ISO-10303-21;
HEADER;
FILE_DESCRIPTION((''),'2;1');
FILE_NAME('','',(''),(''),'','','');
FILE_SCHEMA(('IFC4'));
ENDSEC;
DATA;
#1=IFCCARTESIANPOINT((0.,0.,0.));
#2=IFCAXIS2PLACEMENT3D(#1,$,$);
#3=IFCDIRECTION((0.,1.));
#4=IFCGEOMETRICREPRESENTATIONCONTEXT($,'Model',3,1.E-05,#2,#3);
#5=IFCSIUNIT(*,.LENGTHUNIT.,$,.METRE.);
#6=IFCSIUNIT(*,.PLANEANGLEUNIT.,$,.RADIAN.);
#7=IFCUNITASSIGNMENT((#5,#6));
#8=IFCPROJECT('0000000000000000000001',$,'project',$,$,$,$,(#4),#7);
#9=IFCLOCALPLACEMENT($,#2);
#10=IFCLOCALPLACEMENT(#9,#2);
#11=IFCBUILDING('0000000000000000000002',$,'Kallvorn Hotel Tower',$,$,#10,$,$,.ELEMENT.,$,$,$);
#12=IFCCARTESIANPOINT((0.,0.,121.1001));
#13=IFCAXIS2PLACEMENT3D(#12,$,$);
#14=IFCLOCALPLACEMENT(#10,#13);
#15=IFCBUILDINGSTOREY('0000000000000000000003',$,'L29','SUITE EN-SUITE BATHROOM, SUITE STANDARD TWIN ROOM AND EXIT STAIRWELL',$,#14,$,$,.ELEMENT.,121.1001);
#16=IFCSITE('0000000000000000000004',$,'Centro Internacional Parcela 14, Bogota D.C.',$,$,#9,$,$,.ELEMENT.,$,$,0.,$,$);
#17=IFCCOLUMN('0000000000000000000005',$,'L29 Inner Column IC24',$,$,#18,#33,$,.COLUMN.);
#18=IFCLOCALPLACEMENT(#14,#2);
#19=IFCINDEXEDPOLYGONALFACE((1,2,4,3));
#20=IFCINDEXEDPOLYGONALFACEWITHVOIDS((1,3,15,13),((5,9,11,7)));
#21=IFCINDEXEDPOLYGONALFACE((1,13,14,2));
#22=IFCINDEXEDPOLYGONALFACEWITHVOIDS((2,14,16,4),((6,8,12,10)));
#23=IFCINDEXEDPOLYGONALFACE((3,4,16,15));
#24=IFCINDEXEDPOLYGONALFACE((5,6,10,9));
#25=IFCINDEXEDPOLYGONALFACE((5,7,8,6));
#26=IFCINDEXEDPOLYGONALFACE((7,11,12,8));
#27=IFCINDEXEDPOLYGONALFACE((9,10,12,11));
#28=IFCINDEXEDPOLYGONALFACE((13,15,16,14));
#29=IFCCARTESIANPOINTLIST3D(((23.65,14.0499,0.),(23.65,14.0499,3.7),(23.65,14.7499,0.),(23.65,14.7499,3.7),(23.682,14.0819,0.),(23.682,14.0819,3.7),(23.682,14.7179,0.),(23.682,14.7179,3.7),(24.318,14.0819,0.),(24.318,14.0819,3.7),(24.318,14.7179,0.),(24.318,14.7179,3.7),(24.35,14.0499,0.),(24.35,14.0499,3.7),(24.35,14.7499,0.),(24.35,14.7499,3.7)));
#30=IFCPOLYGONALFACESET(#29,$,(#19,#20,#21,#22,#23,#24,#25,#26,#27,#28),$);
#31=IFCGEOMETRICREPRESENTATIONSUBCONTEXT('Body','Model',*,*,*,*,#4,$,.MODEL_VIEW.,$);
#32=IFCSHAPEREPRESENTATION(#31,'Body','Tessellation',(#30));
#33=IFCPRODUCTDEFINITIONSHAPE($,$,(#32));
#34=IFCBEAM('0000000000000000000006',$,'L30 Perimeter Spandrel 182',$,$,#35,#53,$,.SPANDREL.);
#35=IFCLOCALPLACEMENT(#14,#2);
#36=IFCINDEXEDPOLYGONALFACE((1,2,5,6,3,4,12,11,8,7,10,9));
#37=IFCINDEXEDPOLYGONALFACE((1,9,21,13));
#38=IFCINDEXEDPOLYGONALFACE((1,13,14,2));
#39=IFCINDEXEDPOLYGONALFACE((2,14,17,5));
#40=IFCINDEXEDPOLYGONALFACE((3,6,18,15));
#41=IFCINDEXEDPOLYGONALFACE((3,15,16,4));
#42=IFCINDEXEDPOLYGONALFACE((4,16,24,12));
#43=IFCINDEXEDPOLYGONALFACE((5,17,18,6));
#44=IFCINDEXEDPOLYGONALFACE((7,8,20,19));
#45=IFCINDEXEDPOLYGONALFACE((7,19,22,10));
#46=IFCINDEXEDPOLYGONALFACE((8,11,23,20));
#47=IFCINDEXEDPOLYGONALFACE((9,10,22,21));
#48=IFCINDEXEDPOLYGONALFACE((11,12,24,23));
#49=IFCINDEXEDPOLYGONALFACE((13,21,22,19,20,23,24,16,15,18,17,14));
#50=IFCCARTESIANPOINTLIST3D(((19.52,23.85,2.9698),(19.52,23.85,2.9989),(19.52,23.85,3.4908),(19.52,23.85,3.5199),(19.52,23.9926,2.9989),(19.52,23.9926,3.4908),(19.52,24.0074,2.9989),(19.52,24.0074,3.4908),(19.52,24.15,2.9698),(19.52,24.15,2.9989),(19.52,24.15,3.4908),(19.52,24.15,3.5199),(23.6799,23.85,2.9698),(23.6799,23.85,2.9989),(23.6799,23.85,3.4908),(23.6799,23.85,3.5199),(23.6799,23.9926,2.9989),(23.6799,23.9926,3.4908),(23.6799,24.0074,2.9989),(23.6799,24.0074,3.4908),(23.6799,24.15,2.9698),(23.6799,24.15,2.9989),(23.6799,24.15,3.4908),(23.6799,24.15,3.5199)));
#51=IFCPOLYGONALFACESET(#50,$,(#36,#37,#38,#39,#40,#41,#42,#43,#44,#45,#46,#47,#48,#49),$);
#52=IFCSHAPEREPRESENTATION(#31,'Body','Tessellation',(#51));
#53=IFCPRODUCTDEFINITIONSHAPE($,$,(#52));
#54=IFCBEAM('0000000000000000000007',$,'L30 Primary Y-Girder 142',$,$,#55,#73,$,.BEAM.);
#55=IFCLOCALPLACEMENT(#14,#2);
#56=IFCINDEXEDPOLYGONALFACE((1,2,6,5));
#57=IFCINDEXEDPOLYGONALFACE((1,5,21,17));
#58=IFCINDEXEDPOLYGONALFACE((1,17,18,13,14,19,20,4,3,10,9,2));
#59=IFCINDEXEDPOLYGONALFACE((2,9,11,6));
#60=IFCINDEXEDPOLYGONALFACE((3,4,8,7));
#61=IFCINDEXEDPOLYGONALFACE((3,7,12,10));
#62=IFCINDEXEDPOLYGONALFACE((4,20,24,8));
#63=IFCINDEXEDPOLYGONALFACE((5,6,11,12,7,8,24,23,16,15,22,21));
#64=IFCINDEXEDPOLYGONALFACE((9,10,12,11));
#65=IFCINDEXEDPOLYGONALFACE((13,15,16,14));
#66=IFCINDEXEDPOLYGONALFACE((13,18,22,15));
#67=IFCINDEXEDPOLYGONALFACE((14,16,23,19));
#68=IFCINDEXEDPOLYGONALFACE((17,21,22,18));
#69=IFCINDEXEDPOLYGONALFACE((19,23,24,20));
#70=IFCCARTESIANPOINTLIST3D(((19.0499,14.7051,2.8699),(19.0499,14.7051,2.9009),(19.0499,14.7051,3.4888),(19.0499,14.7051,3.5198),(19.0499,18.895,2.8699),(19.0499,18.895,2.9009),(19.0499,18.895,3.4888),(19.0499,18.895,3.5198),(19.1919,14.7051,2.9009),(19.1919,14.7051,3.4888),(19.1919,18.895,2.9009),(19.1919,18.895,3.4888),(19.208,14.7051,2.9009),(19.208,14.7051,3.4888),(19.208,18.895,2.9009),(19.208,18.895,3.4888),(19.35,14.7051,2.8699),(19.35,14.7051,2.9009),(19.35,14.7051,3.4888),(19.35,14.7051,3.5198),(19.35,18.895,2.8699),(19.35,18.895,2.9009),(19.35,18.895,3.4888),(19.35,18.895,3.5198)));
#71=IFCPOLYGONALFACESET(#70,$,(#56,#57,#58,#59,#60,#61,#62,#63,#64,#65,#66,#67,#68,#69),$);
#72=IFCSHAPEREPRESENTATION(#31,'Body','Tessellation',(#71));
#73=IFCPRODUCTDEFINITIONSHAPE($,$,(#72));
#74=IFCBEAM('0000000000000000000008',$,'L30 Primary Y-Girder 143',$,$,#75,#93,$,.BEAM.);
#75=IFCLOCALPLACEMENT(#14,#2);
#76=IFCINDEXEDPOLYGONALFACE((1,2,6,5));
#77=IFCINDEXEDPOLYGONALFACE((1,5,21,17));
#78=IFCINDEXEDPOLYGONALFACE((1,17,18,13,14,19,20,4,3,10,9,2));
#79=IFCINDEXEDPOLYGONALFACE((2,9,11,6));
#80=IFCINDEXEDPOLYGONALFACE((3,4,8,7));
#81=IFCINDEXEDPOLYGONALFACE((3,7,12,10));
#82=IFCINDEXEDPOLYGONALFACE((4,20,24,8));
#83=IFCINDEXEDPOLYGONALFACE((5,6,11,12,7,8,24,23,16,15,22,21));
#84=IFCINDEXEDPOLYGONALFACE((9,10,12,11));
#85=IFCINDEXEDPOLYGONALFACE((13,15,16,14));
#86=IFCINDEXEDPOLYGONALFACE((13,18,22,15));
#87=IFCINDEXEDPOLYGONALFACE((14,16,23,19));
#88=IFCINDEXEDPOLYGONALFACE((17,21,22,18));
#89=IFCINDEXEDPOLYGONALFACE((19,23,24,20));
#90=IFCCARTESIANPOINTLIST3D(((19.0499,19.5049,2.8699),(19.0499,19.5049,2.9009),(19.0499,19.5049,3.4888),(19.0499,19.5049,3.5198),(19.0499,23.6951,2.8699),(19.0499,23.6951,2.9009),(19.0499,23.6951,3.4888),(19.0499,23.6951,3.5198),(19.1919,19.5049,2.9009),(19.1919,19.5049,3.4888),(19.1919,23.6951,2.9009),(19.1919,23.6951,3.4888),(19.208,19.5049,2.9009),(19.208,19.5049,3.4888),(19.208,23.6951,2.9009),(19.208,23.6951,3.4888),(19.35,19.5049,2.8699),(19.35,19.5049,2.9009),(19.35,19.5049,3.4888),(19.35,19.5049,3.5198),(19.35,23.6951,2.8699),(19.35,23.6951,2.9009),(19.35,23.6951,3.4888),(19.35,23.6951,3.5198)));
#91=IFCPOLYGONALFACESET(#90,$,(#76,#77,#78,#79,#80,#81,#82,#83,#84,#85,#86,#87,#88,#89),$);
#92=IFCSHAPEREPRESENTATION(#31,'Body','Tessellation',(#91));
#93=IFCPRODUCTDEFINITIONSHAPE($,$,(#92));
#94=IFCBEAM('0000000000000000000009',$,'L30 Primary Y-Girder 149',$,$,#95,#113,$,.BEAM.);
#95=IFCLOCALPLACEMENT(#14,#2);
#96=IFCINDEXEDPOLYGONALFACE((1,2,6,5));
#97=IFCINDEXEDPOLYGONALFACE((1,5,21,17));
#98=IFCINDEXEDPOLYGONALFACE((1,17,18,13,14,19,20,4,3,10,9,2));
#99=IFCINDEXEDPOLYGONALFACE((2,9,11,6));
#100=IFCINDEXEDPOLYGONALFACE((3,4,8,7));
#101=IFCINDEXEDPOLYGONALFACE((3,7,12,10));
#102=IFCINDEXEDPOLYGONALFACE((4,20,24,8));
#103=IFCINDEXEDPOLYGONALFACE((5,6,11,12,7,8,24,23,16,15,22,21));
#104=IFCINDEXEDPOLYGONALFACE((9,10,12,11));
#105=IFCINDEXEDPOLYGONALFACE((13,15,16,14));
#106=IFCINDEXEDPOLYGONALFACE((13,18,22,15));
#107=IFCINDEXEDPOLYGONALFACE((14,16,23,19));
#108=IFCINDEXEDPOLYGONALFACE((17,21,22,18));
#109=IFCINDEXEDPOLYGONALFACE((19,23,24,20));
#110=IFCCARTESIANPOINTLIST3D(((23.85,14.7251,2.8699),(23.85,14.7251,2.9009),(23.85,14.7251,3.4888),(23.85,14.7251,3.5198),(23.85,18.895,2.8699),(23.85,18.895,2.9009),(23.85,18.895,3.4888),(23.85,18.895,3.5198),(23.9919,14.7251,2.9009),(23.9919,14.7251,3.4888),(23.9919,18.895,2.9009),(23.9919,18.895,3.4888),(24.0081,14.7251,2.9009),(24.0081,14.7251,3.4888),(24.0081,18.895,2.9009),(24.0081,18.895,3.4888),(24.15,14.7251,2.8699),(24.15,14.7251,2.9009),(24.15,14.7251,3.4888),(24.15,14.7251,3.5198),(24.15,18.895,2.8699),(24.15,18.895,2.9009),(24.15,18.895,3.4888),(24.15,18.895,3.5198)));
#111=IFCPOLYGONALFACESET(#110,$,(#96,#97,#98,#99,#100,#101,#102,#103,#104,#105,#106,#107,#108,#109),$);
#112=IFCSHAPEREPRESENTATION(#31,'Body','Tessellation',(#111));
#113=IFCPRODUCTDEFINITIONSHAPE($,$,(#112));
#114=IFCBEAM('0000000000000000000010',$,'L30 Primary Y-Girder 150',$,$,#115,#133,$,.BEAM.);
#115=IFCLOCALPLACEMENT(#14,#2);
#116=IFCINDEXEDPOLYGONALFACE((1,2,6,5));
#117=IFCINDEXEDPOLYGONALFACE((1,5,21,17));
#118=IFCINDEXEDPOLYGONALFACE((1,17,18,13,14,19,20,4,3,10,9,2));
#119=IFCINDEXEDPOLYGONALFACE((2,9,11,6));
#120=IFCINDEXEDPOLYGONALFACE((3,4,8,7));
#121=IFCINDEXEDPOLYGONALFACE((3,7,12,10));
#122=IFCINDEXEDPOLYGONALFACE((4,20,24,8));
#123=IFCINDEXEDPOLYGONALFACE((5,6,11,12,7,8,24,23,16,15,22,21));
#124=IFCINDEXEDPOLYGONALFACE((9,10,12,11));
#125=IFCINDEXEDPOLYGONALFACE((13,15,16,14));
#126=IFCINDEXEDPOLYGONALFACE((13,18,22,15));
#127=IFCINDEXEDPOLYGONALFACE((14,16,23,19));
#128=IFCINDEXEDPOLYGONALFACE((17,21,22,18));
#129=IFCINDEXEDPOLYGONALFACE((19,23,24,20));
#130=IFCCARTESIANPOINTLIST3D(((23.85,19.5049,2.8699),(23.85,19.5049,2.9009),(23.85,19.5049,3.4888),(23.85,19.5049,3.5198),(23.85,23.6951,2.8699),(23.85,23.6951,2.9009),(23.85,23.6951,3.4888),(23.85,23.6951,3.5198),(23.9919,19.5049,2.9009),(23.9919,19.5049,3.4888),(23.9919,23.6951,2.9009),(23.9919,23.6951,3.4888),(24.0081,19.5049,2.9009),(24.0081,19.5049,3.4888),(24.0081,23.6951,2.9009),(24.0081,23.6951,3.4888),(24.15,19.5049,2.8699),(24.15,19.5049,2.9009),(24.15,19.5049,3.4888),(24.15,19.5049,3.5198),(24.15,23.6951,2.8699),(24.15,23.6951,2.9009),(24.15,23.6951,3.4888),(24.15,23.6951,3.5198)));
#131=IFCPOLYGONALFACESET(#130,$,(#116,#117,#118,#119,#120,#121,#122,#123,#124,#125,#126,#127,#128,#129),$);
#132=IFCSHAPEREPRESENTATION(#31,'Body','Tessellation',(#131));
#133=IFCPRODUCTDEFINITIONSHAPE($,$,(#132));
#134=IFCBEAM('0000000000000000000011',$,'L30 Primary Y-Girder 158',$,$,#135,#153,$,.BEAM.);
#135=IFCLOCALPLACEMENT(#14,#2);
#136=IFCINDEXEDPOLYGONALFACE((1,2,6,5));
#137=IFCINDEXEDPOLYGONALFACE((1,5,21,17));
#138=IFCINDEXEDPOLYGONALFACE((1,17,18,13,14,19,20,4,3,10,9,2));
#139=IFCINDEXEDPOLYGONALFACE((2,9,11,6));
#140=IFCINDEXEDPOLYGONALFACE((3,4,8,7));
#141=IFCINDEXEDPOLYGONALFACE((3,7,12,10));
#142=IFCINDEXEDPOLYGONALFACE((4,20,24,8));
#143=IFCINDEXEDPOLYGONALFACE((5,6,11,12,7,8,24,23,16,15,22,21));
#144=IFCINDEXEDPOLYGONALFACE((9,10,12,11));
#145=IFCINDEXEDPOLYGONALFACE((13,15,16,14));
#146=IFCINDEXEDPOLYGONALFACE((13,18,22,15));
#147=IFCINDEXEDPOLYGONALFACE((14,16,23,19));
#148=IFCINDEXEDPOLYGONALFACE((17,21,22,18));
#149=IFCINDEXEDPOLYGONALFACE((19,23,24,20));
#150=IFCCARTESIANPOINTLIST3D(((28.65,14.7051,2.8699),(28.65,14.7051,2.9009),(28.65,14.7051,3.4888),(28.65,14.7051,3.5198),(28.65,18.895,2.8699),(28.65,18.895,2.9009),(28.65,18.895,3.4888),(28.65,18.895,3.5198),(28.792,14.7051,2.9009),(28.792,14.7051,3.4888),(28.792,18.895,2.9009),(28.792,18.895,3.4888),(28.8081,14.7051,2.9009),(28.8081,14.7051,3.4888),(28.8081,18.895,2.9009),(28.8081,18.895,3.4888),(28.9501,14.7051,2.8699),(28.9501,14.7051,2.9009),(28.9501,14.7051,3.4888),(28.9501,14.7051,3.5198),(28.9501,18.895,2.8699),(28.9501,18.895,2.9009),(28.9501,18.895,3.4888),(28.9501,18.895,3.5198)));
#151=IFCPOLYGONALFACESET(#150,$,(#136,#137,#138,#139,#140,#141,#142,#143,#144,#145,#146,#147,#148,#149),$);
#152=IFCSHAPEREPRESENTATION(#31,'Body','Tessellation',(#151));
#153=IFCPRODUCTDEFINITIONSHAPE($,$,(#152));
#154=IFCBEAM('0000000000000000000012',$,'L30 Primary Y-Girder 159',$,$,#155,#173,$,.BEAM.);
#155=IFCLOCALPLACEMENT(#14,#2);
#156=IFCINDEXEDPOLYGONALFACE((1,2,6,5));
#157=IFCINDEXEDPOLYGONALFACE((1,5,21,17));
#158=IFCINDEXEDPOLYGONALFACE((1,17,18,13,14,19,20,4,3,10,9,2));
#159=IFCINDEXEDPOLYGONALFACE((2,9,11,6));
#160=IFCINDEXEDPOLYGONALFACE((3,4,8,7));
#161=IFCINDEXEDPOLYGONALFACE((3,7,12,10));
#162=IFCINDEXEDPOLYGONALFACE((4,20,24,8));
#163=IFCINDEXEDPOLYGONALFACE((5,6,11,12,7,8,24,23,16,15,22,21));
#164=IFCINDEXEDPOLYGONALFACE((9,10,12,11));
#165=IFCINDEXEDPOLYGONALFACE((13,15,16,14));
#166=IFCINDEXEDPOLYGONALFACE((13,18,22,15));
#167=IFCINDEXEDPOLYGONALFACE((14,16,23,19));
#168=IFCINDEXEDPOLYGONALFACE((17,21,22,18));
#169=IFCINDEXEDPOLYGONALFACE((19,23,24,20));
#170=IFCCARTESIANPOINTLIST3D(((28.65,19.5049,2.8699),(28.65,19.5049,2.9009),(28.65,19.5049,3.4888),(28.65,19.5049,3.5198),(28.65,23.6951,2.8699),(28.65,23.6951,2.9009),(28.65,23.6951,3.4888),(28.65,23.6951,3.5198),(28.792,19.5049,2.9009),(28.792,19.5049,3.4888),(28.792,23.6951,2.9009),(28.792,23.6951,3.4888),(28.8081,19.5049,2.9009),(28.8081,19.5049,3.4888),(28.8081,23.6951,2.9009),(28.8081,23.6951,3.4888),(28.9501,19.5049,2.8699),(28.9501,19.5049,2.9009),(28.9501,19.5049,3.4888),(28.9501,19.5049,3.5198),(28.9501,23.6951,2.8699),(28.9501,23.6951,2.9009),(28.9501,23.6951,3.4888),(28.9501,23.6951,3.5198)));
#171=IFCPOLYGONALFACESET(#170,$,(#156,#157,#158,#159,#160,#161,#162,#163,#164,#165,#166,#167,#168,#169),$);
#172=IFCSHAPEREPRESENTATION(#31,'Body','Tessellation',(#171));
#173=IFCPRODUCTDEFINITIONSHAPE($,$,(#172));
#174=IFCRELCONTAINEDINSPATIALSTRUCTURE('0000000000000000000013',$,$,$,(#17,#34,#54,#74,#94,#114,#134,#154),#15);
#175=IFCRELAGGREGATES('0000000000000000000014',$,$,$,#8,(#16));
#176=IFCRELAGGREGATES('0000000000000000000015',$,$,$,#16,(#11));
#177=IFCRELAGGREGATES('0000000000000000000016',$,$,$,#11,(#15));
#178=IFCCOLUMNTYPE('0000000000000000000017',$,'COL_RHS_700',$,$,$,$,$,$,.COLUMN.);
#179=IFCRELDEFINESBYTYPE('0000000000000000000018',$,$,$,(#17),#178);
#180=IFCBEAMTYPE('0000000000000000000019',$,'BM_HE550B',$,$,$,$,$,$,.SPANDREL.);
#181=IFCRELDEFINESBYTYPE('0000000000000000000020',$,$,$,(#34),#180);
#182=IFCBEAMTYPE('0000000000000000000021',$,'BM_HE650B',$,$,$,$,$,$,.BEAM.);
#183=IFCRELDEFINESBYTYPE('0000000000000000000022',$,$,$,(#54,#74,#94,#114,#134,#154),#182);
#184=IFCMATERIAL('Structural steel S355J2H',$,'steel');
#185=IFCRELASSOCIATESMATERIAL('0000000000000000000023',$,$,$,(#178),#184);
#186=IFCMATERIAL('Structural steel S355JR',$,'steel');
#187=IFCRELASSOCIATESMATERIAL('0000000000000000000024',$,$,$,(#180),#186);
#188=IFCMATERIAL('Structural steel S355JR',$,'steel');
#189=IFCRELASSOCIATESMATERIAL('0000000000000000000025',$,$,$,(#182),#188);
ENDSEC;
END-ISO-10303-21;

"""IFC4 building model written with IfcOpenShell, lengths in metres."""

from ifc_helpers import new_model, si_unit, direction, frame, origin, origin_2d, place, context, subcontext, project, spatial, hollow_rectangle, i_section, extrude, material, material_profile, profile_set, type_object, element, save


model = new_model("IFC4")

# Units and contexts
model_context = context("Model", 3, precision=1e-05, world=origin(), true_north=direction((0.0, 1.0)))
body_context = subcontext(model_context, "Body", "Model", "MODEL_VIEW")
ifc_project = project(units=[si_unit("LENGTHUNIT", "METRE"), si_unit("PLANEANGLEUNIT", "RADIAN")], contexts=[model_context])

# Site, building, storey
site_placement = place(None, origin())
site = spatial("IfcSite", under=ifc_project, at=site_placement, Name="Centro Internacional Parcela 14, Bogota D.C.", CompositionType="ELEMENT", RefElevation=0.0)
building_placement = place(site_placement, origin())
building = spatial("IfcBuilding", under=site, at=building_placement, Name="Kallvorn Hotel Tower", CompositionType="ELEMENT")
storey_placement = place(building_placement, frame((0.0, 0.0, 121.1001)))
storey = spatial("IfcBuildingStorey", under=building, at=storey_placement, Name="L29", Description="SUITE EN-SUITE BATHROOM, SUITE STANDARD TWIN ROOM AND EXIT STAIRWELL", CompositionType="ELEMENT", Elevation=121.1001)

# Column
ifc_material_1 = material(Name="Structural steel S355J2H", Category="steel")
ifc_material_profile_1 = material_profile(ifc_material_1, hollow_rectangle(XDim=0.7, YDim=0.7, WallThickness=0.032, at=origin_2d()), Name="RHS 700x700x32")
ifc_profile_set_1 = profile_set([ifc_material_profile_1], Name="Structural steel S355J2H")
column_type_1 = type_object("IfcColumnType", Name="COL_RHS_700", PredefinedType="COLUMN", material=ifc_profile_set_1)
column_placement = place(storey_placement, frame((24.0, 14.3999, 0.0), z_axis=(0.0, 0.0, 1.0), x_axis=(1.0, 0.0, 0.0)))
element("IfcColumn", 1, at=column_placement, inside=storey, type_object=column_type_1, Name="L29 Inner Column IC24", PredefinedType="COLUMN", context=body_context, shape_type="SweptSolid", body=[
    extrude(hollow_rectangle(XDim=0.7, YDim=0.7, WallThickness=0.032, at=origin_2d()), origin(), (0.0, 0.0, 1.0), 3.7),
])

# Beams
ifc_material_2 = material(Name="Structural steel S355JR", Category="steel")
ifc_material_profile_2 = material_profile(ifc_material_2, i_section(OverallWidth=0.3, OverallDepth=0.55, WebThickness=0.0149, FlangeThickness=0.0291, at=origin_2d()), Name="HE 550 B")
ifc_profile_set_2 = profile_set([ifc_material_profile_2], Name="Structural steel S355JR")
beam_type_1 = type_object("IfcBeamType", Name="BM_HE550B", PredefinedType="SPANDREL", material=ifc_profile_set_2)
beam_1_placement = place(storey_placement, frame((19.52, 24.0, 3.2449), z_axis=(1.0, 0.0, 0.0), x_axis=(0.0, 1.0, 0.0)))
element("IfcBeam", 2, at=beam_1_placement, inside=storey, type_object=beam_type_1, Name="L30 Perimeter Spandrel 182", PredefinedType="SPANDREL", context=body_context, shape_type="SweptSolid", body=[
    extrude(i_section(OverallWidth=0.3, OverallDepth=0.55, WebThickness=0.0149, FlangeThickness=0.0291, at=origin_2d()), origin(), (0.0, 0.0, 1.0), 4.1599),
])
ifc_material_3 = material(Name="Structural steel S355JR", Category="steel")
ifc_material_profile_3 = material_profile(ifc_material_3, i_section(OverallWidth=0.3, OverallDepth=0.6499, WebThickness=0.0161, FlangeThickness=0.031, at=origin_2d()), Name="HE 650 B")
ifc_profile_set_3 = profile_set([ifc_material_profile_3], Name="Structural steel S355JR")
beam_type_2 = type_object("IfcBeamType", Name="BM_HE650B", PredefinedType="BEAM", material=ifc_profile_set_3)
beam_2_placement = place(storey_placement, frame((19.2, 14.7051, 3.1948), z_axis=(0.0, 1.0, 0.0), x_axis=(-1.0, 0.0, 0.0)))
element("IfcBeam", 3, at=beam_2_placement, inside=storey, type_object=beam_type_2, Name="L30 Primary Y-Girder 142", PredefinedType="BEAM", context=body_context, shape_type="SweptSolid", body=[
    extrude(i_section(OverallWidth=0.3, OverallDepth=0.6499, WebThickness=0.0161, FlangeThickness=0.031, at=origin_2d()), origin(), (0.0, 0.0, 1.0), 4.1899),
])
beam_3_placement = place(storey_placement, frame((19.2, 19.5049, 3.1948), z_axis=(0.0, 1.0, 0.0), x_axis=(-1.0, 0.0, 0.0)))
element("IfcBeam", 4, at=beam_3_placement, inside=storey, type_object=beam_type_2, Name="L30 Primary Y-Girder 143", PredefinedType="BEAM", context=body_context, shape_type="SweptSolid", body=[
    extrude(i_section(OverallWidth=0.3, OverallDepth=0.6499, WebThickness=0.0161, FlangeThickness=0.031, at=origin_2d()), origin(), (0.0, 0.0, 1.0), 4.1902),
])
beam_4_placement = place(storey_placement, frame((24.0, 14.7251, 3.1948), z_axis=(0.0, 1.0, 0.0), x_axis=(-1.0, 0.0, 0.0)))
element("IfcBeam", 5, at=beam_4_placement, inside=storey, type_object=beam_type_2, Name="L30 Primary Y-Girder 149", PredefinedType="BEAM", context=body_context, shape_type="SweptSolid", body=[
    extrude(i_section(OverallWidth=0.3, OverallDepth=0.6499, WebThickness=0.0161, FlangeThickness=0.031, at=origin_2d()), origin(), (0.0, 0.0, 1.0), 4.1699),
])
beam_5_placement = place(storey_placement, frame((24.0, 19.5049, 3.1948), z_axis=(0.0, 1.0, 0.0), x_axis=(-1.0, 0.0, 0.0)))
element("IfcBeam", 6, at=beam_5_placement, inside=storey, type_object=beam_type_2, Name="L30 Primary Y-Girder 150", PredefinedType="BEAM", context=body_context, shape_type="SweptSolid", body=[
    extrude(i_section(OverallWidth=0.3, OverallDepth=0.6499, WebThickness=0.0161, FlangeThickness=0.031, at=origin_2d()), origin(), (0.0, 0.0, 1.0), 4.1902),
])
beam_6_placement = place(storey_placement, frame((28.8, 14.7051, 3.1948), z_axis=(0.0, 1.0, 0.0), x_axis=(-1.0, 0.0, 0.0)))
element("IfcBeam", 7, at=beam_6_placement, inside=storey, type_object=beam_type_2, Name="L30 Primary Y-Girder 158", PredefinedType="BEAM", context=body_context, shape_type="SweptSolid", body=[
    extrude(i_section(OverallWidth=0.3, OverallDepth=0.6499, WebThickness=0.0161, FlangeThickness=0.031, at=origin_2d()), origin(), (0.0, 0.0, 1.0), 4.1899),
])
beam_7_placement = place(storey_placement, frame((28.8, 19.5049, 3.1948), z_axis=(0.0, 1.0, 0.0), x_axis=(-1.0, 0.0, 0.0)))
element("IfcBeam", 8, at=beam_7_placement, inside=storey, type_object=beam_type_2, Name="L30 Primary Y-Girder 159", PredefinedType="BEAM", context=body_context, shape_type="SweptSolid", body=[
    extrude(i_section(OverallWidth=0.3, OverallDepth=0.6499, WebThickness=0.0161, FlangeThickness=0.031, at=origin_2d()), origin(), (0.0, 0.0, 1.0), 4.1902),
])

save(model, "model.ifc")
